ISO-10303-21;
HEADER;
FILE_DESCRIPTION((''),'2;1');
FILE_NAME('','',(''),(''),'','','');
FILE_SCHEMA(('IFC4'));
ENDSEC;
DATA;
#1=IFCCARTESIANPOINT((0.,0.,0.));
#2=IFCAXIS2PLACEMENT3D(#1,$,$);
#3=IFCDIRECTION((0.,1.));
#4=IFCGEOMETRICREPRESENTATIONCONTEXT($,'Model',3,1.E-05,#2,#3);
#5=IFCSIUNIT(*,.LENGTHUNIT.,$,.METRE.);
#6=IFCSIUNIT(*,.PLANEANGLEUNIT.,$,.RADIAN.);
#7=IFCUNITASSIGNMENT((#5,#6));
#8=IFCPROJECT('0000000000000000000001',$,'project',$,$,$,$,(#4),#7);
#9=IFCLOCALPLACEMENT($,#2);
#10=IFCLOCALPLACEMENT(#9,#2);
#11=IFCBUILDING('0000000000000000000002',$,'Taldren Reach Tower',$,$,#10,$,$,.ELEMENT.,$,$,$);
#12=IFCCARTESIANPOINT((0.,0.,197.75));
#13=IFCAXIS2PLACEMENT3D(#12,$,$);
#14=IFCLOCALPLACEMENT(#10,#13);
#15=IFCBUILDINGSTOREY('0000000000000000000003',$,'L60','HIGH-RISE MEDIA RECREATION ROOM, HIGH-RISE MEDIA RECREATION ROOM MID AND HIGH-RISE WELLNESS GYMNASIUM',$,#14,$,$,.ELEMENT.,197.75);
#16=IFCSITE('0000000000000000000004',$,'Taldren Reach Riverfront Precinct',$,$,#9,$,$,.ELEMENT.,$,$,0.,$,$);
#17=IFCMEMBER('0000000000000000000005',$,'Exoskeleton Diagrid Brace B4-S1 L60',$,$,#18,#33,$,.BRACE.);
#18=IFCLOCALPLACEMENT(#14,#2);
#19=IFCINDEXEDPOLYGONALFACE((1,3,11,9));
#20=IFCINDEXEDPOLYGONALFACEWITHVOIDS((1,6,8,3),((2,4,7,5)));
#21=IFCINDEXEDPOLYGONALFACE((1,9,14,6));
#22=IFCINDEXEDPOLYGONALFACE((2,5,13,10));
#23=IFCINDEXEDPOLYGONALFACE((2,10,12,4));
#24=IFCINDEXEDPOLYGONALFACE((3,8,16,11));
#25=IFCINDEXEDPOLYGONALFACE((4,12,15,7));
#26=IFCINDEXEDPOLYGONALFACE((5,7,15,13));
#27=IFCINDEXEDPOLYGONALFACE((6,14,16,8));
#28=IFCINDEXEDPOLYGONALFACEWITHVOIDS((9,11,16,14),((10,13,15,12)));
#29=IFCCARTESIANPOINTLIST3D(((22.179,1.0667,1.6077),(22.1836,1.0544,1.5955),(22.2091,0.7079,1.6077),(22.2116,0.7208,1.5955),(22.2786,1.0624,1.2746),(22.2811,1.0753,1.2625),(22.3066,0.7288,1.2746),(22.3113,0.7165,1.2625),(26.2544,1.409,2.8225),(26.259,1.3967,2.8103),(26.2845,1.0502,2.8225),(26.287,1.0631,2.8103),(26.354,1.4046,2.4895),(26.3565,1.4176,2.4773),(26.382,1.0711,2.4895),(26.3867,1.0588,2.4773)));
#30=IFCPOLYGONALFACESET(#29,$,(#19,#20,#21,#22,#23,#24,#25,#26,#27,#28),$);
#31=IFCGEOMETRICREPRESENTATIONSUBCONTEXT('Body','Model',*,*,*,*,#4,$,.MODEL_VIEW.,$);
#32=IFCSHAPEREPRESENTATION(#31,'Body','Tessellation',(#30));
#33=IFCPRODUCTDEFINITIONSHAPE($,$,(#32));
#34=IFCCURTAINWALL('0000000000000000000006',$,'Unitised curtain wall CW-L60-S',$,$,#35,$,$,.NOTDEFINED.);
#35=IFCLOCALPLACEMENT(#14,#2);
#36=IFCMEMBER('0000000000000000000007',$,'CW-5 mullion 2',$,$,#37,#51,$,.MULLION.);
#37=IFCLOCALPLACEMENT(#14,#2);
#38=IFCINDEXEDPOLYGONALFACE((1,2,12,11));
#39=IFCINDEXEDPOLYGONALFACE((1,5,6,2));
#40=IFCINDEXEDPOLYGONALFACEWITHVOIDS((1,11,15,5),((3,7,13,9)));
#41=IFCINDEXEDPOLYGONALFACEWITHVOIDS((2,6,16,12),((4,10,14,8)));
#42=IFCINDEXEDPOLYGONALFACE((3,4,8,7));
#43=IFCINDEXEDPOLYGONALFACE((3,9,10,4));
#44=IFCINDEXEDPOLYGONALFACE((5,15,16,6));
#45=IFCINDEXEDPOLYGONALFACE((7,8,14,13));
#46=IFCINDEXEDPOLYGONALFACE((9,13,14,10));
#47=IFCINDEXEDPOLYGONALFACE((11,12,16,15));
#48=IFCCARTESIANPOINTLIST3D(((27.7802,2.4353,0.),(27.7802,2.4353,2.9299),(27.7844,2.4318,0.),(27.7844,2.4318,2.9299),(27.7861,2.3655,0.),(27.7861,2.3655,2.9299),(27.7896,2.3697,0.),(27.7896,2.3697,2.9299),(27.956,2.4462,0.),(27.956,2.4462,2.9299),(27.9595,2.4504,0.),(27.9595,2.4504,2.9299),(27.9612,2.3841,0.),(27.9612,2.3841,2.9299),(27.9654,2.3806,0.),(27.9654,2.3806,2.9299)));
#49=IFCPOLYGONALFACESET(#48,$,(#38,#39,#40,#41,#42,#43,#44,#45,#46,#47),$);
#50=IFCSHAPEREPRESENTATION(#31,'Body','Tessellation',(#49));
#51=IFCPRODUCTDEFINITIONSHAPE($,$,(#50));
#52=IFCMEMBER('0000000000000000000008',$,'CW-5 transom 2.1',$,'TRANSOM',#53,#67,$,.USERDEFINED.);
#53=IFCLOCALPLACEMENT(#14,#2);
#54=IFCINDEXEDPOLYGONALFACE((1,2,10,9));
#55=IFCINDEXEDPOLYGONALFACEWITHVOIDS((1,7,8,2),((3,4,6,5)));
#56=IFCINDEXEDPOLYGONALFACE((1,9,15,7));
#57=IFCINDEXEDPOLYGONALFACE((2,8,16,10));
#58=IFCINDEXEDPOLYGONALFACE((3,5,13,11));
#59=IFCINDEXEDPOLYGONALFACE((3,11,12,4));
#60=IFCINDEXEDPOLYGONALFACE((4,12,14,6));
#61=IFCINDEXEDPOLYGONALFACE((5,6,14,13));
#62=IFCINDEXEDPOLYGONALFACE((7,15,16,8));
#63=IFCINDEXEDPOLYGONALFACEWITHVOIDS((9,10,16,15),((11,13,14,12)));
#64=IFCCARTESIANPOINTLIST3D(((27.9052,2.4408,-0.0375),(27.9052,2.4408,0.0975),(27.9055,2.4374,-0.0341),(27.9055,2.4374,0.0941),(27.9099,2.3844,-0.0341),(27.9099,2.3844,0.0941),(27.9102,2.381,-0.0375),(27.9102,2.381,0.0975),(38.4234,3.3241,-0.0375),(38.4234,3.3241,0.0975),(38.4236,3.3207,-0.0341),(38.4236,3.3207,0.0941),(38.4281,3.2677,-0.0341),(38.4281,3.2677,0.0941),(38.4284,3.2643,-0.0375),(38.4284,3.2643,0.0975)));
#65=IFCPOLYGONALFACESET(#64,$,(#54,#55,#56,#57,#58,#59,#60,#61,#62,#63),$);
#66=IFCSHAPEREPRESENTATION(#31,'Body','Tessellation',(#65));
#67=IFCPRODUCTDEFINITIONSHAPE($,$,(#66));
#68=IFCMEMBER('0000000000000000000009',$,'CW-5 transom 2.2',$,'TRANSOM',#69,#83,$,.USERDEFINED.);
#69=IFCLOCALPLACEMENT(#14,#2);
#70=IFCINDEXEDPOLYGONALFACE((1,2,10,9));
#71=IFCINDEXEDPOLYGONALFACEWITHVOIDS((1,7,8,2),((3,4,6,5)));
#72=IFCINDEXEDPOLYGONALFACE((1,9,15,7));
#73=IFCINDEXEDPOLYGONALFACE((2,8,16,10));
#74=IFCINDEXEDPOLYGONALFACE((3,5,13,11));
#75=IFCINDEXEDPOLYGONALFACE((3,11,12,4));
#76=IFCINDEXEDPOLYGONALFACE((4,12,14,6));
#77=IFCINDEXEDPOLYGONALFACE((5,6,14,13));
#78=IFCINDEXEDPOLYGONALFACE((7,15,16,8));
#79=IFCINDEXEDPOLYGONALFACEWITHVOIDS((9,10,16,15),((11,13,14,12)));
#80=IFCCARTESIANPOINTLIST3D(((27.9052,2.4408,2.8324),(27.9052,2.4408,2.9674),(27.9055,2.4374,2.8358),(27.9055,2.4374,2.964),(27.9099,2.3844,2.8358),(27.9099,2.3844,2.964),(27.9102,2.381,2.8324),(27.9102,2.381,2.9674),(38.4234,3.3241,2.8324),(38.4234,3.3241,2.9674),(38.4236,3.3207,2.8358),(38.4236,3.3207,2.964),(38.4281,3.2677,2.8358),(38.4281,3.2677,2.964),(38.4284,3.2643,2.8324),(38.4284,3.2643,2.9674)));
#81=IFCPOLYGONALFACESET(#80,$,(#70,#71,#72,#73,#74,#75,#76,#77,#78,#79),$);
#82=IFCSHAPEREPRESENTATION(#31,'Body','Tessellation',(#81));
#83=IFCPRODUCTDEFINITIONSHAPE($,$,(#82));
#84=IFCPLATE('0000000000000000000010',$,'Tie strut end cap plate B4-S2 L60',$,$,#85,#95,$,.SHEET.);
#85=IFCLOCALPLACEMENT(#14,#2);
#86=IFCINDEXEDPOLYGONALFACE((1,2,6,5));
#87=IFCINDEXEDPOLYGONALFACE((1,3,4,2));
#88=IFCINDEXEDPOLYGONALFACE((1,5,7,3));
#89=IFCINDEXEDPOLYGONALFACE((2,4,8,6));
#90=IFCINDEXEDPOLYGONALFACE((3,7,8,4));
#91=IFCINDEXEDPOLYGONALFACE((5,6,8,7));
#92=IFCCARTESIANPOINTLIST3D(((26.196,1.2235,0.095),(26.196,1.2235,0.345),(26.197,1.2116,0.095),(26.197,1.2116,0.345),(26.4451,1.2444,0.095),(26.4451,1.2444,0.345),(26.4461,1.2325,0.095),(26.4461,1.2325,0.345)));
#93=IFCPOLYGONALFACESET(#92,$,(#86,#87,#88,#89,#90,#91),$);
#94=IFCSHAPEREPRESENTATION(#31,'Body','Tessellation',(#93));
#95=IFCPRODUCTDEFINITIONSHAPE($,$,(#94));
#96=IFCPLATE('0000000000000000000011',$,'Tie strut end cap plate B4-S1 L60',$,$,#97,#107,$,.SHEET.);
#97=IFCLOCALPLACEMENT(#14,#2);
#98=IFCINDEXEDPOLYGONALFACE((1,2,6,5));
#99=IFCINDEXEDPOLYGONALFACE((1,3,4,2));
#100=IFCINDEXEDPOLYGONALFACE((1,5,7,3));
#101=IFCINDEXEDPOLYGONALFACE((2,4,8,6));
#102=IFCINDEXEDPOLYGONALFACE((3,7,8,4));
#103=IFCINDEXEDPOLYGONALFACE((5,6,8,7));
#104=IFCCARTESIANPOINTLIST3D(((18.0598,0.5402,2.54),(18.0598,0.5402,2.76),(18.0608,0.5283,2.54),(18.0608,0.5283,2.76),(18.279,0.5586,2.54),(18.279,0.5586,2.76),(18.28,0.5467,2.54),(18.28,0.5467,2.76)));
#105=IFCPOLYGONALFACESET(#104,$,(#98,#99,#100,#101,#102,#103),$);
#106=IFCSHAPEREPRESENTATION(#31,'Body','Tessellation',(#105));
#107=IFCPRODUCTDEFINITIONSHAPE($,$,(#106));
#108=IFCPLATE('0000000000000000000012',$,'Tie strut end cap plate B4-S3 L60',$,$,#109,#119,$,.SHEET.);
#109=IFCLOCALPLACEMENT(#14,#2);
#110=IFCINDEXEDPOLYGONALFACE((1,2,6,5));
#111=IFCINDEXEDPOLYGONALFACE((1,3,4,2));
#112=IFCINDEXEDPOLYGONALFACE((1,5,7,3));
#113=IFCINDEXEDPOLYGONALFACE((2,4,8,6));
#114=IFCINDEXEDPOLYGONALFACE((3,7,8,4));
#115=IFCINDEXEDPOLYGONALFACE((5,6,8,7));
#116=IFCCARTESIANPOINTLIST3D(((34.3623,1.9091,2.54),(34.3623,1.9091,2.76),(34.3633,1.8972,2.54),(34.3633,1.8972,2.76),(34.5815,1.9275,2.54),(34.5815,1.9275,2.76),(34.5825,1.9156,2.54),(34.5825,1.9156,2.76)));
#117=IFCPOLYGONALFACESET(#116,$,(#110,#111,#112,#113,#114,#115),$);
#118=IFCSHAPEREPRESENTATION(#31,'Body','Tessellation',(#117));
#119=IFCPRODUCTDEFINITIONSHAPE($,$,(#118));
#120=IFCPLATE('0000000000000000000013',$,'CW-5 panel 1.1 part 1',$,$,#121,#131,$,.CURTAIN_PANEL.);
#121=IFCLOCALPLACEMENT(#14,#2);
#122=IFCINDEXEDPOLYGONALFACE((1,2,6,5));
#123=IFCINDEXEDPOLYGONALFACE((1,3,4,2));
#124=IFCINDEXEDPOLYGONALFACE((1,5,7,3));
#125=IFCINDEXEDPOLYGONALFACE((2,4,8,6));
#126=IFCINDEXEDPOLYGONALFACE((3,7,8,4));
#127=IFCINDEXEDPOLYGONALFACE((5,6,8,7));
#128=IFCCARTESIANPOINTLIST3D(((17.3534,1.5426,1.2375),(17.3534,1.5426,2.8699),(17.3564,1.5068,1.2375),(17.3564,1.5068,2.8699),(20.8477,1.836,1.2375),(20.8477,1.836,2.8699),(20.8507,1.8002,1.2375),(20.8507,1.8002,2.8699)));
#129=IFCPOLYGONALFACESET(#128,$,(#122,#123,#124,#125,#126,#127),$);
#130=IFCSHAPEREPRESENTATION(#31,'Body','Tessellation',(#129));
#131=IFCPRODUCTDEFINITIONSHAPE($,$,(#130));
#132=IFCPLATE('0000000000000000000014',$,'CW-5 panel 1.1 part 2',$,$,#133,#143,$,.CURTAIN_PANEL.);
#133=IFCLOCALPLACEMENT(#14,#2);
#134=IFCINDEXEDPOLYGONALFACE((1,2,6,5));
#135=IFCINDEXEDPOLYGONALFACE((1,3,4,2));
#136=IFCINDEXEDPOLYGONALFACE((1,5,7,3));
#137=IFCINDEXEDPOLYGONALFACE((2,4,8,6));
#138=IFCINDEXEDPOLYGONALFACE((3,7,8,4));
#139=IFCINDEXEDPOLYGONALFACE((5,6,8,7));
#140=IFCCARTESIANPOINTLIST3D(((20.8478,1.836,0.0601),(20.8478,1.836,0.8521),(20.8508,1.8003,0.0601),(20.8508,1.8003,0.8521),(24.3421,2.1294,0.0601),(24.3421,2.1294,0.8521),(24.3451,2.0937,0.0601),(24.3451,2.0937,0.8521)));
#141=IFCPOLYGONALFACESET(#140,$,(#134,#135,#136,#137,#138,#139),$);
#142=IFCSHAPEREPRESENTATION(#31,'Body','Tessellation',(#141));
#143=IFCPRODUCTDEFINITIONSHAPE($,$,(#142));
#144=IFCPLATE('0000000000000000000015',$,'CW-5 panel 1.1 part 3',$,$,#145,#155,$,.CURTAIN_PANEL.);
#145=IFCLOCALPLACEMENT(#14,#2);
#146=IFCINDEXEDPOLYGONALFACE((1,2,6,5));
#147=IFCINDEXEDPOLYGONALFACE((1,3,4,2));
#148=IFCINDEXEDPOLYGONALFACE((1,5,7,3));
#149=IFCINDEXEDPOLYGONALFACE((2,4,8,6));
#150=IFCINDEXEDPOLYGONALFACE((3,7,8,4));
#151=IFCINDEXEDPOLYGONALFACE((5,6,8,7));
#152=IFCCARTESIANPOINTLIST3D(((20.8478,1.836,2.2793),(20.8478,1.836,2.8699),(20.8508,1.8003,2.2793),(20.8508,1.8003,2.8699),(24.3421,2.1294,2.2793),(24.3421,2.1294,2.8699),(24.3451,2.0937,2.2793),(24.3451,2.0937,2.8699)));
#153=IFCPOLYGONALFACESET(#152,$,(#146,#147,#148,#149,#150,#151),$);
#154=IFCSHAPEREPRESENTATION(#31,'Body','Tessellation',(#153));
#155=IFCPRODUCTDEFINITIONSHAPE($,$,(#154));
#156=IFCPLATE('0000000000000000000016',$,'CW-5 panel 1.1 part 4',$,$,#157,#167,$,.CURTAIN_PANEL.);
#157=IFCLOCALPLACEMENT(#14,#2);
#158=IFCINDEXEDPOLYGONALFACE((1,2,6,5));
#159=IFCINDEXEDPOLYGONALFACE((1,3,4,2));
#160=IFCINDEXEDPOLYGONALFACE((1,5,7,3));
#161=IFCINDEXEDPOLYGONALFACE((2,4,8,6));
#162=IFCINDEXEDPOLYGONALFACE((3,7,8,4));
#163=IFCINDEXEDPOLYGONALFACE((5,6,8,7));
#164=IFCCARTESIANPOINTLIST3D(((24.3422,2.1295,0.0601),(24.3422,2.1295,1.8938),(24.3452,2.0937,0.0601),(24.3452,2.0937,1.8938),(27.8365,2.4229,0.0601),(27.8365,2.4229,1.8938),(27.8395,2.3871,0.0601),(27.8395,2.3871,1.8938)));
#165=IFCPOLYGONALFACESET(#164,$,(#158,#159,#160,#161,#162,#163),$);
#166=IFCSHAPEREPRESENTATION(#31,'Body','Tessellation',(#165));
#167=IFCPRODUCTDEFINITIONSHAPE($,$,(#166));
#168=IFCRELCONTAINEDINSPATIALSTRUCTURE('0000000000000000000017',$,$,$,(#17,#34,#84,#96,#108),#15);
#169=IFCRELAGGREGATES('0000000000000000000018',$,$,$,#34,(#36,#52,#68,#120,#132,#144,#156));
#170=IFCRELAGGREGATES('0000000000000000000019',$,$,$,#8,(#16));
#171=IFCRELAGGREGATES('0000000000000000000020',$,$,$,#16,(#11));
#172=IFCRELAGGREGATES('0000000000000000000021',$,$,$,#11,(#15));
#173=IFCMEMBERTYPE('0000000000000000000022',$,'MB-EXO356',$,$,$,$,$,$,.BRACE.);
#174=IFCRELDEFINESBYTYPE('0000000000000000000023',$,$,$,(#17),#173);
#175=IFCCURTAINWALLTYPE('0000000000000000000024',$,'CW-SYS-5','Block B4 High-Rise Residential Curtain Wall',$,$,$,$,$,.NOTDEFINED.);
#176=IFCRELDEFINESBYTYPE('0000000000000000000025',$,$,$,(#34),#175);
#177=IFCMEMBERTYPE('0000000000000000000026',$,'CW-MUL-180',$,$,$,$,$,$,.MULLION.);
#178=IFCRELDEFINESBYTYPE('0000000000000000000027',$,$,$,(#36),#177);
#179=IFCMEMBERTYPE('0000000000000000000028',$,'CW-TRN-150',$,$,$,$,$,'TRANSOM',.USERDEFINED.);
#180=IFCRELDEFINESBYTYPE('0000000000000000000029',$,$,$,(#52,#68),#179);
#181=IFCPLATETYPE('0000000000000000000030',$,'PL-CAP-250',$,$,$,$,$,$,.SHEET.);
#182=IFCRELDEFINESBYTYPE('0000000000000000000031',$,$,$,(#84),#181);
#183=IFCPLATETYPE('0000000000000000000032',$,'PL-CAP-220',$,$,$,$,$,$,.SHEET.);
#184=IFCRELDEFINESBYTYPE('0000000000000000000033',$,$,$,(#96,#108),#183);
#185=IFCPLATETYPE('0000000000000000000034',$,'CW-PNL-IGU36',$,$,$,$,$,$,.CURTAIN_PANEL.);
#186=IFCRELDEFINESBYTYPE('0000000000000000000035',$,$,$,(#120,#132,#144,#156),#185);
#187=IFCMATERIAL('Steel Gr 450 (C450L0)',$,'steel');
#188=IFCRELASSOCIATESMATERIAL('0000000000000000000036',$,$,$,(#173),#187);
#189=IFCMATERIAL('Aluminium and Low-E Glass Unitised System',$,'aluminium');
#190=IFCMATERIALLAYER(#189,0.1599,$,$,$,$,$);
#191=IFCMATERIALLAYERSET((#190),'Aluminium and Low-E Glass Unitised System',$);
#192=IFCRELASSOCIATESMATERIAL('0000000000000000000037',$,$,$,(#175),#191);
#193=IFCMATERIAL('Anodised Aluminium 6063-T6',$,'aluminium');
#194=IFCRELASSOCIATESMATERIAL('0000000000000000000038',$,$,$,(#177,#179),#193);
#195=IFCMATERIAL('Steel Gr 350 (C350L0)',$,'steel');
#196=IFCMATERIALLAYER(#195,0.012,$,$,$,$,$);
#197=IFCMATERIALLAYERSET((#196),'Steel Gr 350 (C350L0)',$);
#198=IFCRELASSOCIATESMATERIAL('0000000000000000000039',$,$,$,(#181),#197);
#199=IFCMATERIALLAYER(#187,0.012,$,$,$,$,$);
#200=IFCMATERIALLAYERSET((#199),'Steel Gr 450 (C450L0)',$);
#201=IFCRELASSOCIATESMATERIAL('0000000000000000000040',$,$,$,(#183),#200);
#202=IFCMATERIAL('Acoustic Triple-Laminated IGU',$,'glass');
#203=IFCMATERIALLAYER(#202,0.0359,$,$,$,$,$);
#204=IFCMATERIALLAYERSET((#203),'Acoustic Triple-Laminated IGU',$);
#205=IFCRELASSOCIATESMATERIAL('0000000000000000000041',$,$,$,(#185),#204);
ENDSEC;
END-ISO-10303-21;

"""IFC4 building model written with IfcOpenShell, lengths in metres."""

from ifc_helpers import new_model, si_unit, direction, frame, origin, origin_2d, place, context, subcontext, project, spatial, rectangle, hollow_rectangle, extrude, source, transform, mapped, material, layer, layer_set, material_profile, profile_set, type_object, element, aggregate, save


model = new_model("IFC4")

# Units and contexts
model_context = context("Model", 3, precision=1e-05, world=origin(), true_north=direction((0.0, 1.0)))
body_context = subcontext(model_context, "Body", "Model", "MODEL_VIEW")
ifc_project = project(units=[si_unit("LENGTHUNIT", "METRE"), si_unit("PLANEANGLEUNIT", "RADIAN")], contexts=[model_context])

# Site, building, storey
site_placement = place(None, origin())
site = spatial("IfcSite", under=ifc_project, at=site_placement, Name="Taldren Reach Riverfront Precinct", CompositionType="ELEMENT", RefElevation=0.0)
building_placement = place(site_placement, origin())
building = spatial("IfcBuilding", under=site, at=building_placement, Name="Taldren Reach Tower", CompositionType="ELEMENT")
storey_placement = place(building_placement, frame((0.0, 0.0, 197.75)))
storey = spatial("IfcBuildingStorey", under=building, at=storey_placement, Name="L60", Description="HIGH-RISE MEDIA RECREATION ROOM, HIGH-RISE MEDIA RECREATION ROOM MID AND HIGH-RISE WELLNESS GYMNASIUM", CompositionType="ELEMENT", Elevation=197.75)

# Shared definitions
ifc_material_1 = material(Name="Steel Gr 350 (C350L0)", Category="steel")

# Member
ifc_material_2 = material(Name="Steel Gr 450 (C450L0)", Category="steel")
ifc_material_profile_1 = material_profile(ifc_material_2, hollow_rectangle(XDim=0.3601, YDim=0.3601, WallThickness=0.0127, at=origin_2d()), Name="360x360x12.7SHS")
ifc_profile_set_1 = profile_set([ifc_material_profile_1], Name="Steel Gr 450 (C450L0)")
member_type_1 = type_object("IfcMemberType", Name="MB-EXO356", PredefinedType="BRACE", material=ifc_profile_set_1)
shared_shape_1 = source(origin(), body_context, "Body", "SweptSolid", [
    extrude(hollow_rectangle(XDim=0.3601, YDim=0.3601, WallThickness=0.0127, at=origin_2d()), origin(), (0.0, 0.0, 1.0), 4.2664),
])
member_1_placement = place(storey_placement, frame((22.2451, 0.8916, 1.4351), z_axis=(0.95524, 0.080228, 0.284746), x_axis=(-0.083693, 0.996492, 0.0)))
element("IfcMember", 1, at=member_1_placement, inside=storey, type_object=member_type_1, Name="Exoskeleton Diagrid Brace B4-S1 L60", PredefinedType="BRACE", context=body_context, shape_type="MappedRepresentation", body=[
    mapped(shared_shape_1, transform((0.0, 0.0, 0.0), scale=1.0)),
])

# Curtain wall, members
ifc_material_3 = material(Name="Aluminium and Low-E Glass Unitised System", Category="aluminium")
ifc_layer_1 = layer(ifc_material_3, 0.1599)
ifc_layer_set_1 = layer_set([ifc_layer_1], Name="Aluminium and Low-E Glass Unitised System")
curtain_wall_type = type_object("IfcCurtainWallType", Name="CW-SYS-5", Description="Block B4 High-Rise Residential Curtain Wall", PredefinedType="NOTDEFINED", material=ifc_layer_set_1)
curtain_wall_placement = place(storey_placement, origin())
curtain_wall = element("IfcCurtainWall", 2, at=curtain_wall_placement, inside=storey, type_object=curtain_wall_type, Name="Unitised curtain wall CW-L60-S", PredefinedType="NOTDEFINED")
ifc_material_4 = material(Name="Anodised Aluminium 6063-T6", Category="aluminium")
ifc_material_profile_2 = material_profile(ifc_material_4, hollow_rectangle(XDim=0.0701, YDim=0.1799, WallThickness=0.0039, at=origin_2d()), Name="ALU-180x70x4RHS")
ifc_profile_set_2 = profile_set([ifc_material_profile_2], Name="Anodised Aluminium 6063-T6")
member_type_2 = type_object("IfcMemberType", Name="CW-MUL-180", PredefinedType="MULLION", material=ifc_profile_set_2)
shared_shape_2 = source(origin(), body_context, "Body", "SweptSolid", [
    extrude(hollow_rectangle(XDim=0.0701, YDim=0.1799, WallThickness=0.0039, at=origin_2d()), origin(), (0.0, 0.0, 1.0), 2.9299),
])
member_2_placement = place(storey_placement, frame((27.8728, 2.408, 0.0), z_axis=(0.0, 0.0, 1.0), x_axis=(-0.083678, 0.996493, 0.0)))
member_2 = element("IfcMember", 3, at=member_2_placement, type_object=member_type_2, Name="CW-5 mullion 2", PredefinedType="MULLION", context=body_context, shape_type="MappedRepresentation", body=[
    mapped(shared_shape_2, transform((0.0, 0.0, 0.0), scale=1.0)),
])
ifc_material_profile_3 = material_profile(ifc_material_4, hollow_rectangle(XDim=0.0601, YDim=0.135, WallThickness=0.0034, at=origin_2d()), Name="ALU-135x60x3.5RHS")
ifc_profile_set_3 = profile_set([ifc_material_profile_3], Name="Anodised Aluminium 6063-T6")
member_type_3 = type_object("IfcMemberType", Name="CW-TRN-150", ElementType="TRANSOM", PredefinedType="USERDEFINED", material=ifc_profile_set_3)
shared_shape_3 = source(origin(), body_context, "Body", "SweptSolid", [
    extrude(hollow_rectangle(XDim=0.0601, YDim=0.135, WallThickness=0.0034, at=origin_2d()), origin(), (0.0, 0.0, 1.0), 10.5552),
])
member_3_placement = place(storey_placement, frame((27.9077, 2.4109, 0.03), z_axis=(0.996492, 0.083685, 0.0), x_axis=(-0.083685, 0.996492, 0.0)))
member_3 = element("IfcMember", 4, at=member_3_placement, type_object=member_type_3, Name="CW-5 transom 2.1", ObjectType="TRANSOM", PredefinedType="USERDEFINED", context=body_context, shape_type="MappedRepresentation", body=[
    mapped(shared_shape_3, transform((0.0, 0.0, 0.0), scale=1.0)),
])
member_4_placement = place(storey_placement, frame((27.9077, 2.4109, 2.8999), z_axis=(0.996492, 0.083685, 0.0), x_axis=(-0.083685, 0.996492, 0.0)))
member_4 = element("IfcMember", 5, at=member_4_placement, type_object=member_type_3, Name="CW-5 transom 2.2", ObjectType="TRANSOM", PredefinedType="USERDEFINED", context=body_context, shape_type="MappedRepresentation", body=[
    mapped(shared_shape_3, transform((0.0, 0.0, 0.0), scale=1.0)),
])

# Plates
ifc_layer_2 = layer(ifc_material_1, 0.012)
ifc_layer_set_2 = layer_set([ifc_layer_2], Name="Steel Gr 350 (C350L0)")
plate_type_1 = type_object("IfcPlateType", Name="PL-CAP-250", PredefinedType="SHEET", material=ifc_layer_set_2)
shared_shape_4 = source(origin(), body_context, "Body", "SweptSolid", [
    extrude(rectangle(XDim=0.25, YDim=0.012, at=origin_2d()), origin(), (0.0, 0.0, 1.0), 0.25),
])
plate_1_placement = place(storey_placement, frame((26.321, 1.228, 0.095), z_axis=(0.0, 0.0, 1.0), x_axis=(0.996493, 0.083678, 0.0)))
element("IfcPlate", 6, at=plate_1_placement, inside=storey, type_object=plate_type_1, Name="Tie strut end cap plate B4-S2 L60", PredefinedType="SHEET", context=body_context, shape_type="MappedRepresentation", body=[
    mapped(shared_shape_4, transform((0.0, 0.0, 0.0), scale=1.0)),
])
ifc_layer_3 = layer(ifc_material_2, 0.012)
ifc_layer_set_3 = layer_set([ifc_layer_3], Name="Steel Gr 450 (C450L0)")
plate_type_2 = type_object("IfcPlateType", Name="PL-CAP-220", PredefinedType="SHEET", material=ifc_layer_set_3)
shared_shape_5 = source(origin(), body_context, "Body", "SweptSolid", [
    extrude(rectangle(XDim=0.22, YDim=0.012, at=origin_2d()), origin(), (0.0, 0.0, 1.0), 0.22),
])
for number, where, z_axis, x_axis, name in (
    (7, (18.1699, 0.5435, 2.54), (0.0, 0.0, 1.0), (0.996493, 0.083678, 0.0), "Tie strut end cap plate B4-S1 L60"),
    (8, (34.4724, 1.9124, 2.54), (0.0, 0.0, 1.0), (0.996493, 0.083678, 0.0), "Tie strut end cap plate B4-S3 L60"),
):
    element("IfcPlate", number, at=place(storey_placement, frame(where, z_axis=z_axis, x_axis=x_axis)), inside=storey, type_object=plate_type_2, Name=name, PredefinedType="SHEET", context=body_context, shape_type="MappedRepresentation", body=[
        mapped(shared_shape_5, transform((0.0, 0.0, 0.0), scale=1.0)),
    ])

# Plates
ifc_material_5 = material(Name="Acoustic Triple-Laminated IGU", Category="glass")
ifc_layer_4 = layer(ifc_material_5, 0.0359)
ifc_layer_set_4 = layer_set([ifc_layer_4], Name="Acoustic Triple-Laminated IGU")
plate_type_3 = type_object("IfcPlateType", Name="CW-PNL-IGU36", PredefinedType="CURTAIN_PANEL", material=ifc_layer_set_4)
shared_shape_6 = source(origin(), body_context, "Body", "SweptSolid", [
    extrude(rectangle(XDim=3.5066, YDim=0.0359, at=origin_2d()), origin(), (0.0, 0.0, 1.0), 1.6323),
])
plate_2_placement = place(storey_placement, frame((19.1021, 1.6714, 1.2375), z_axis=(0.0, 0.0, 1.0), x_axis=(0.996493, 0.083678, 0.0)))
plate_2 = element("IfcPlate", 9, at=plate_2_placement, type_object=plate_type_3, Name="CW-5 panel 1.1 part 1", PredefinedType="CURTAIN_PANEL", context=body_context, shape_type="MappedRepresentation", body=[
    mapped(shared_shape_6, transform((0.0, 0.0, 0.0), scale=1.0)),
])
shared_shape_7 = source(origin(), body_context, "Body", "SweptSolid", [
    extrude(rectangle(XDim=3.5066, YDim=0.0359, at=origin_2d()), origin(), (0.0, 0.0, 1.0), 0.792),
])
plate_3_placement = place(storey_placement, frame((22.5964, 1.9648, 0.0601), z_axis=(0.0, 0.0, 1.0), x_axis=(0.996493, 0.083678, 0.0)))
plate_3 = element("IfcPlate", 10, at=plate_3_placement, type_object=plate_type_3, Name="CW-5 panel 1.1 part 2", PredefinedType="CURTAIN_PANEL", context=body_context, shape_type="MappedRepresentation", body=[
    mapped(shared_shape_7, transform((0.0, 0.0, 0.0), scale=1.0)),
])
shared_shape_8 = source(origin(), body_context, "Body", "SweptSolid", [
    extrude(rectangle(XDim=3.5066, YDim=0.0359, at=origin_2d()), origin(), (0.0, 0.0, 1.0), 0.5906),
])
plate_4_placement = place(storey_placement, frame((22.5964, 1.9648, 2.2793), z_axis=(0.0, 0.0, 1.0), x_axis=(0.996493, 0.083678, 0.0)))
plate_4 = element("IfcPlate", 11, at=plate_4_placement, type_object=plate_type_3, Name="CW-5 panel 1.1 part 3", PredefinedType="CURTAIN_PANEL", context=body_context, shape_type="MappedRepresentation", body=[
    mapped(shared_shape_8, transform((0.0, 0.0, 0.0), scale=1.0)),
])
shared_shape_9 = source(origin(), body_context, "Body", "SweptSolid", [
    extrude(rectangle(XDim=3.5066, YDim=0.0359, at=origin_2d()), origin(), (0.0, 0.0, 1.0), 1.8337),
])
plate_5_placement = place(storey_placement, frame((26.0908, 2.2583, 0.0601), z_axis=(0.0, 0.0, 1.0), x_axis=(0.996493, 0.083678, 0.0)))
plate_5 = element("IfcPlate", 12, at=plate_5_placement, type_object=plate_type_3, Name="CW-5 panel 1.1 part 4", PredefinedType="CURTAIN_PANEL", context=body_context, shape_type="MappedRepresentation", body=[
    mapped(shared_shape_9, transform((0.0, 0.0, 0.0), scale=1.0)),
])
aggregate(curtain_wall, [member_2, member_3, member_4, plate_2, plate_3, plate_4, plate_5])

save(model, "model.ifc")
